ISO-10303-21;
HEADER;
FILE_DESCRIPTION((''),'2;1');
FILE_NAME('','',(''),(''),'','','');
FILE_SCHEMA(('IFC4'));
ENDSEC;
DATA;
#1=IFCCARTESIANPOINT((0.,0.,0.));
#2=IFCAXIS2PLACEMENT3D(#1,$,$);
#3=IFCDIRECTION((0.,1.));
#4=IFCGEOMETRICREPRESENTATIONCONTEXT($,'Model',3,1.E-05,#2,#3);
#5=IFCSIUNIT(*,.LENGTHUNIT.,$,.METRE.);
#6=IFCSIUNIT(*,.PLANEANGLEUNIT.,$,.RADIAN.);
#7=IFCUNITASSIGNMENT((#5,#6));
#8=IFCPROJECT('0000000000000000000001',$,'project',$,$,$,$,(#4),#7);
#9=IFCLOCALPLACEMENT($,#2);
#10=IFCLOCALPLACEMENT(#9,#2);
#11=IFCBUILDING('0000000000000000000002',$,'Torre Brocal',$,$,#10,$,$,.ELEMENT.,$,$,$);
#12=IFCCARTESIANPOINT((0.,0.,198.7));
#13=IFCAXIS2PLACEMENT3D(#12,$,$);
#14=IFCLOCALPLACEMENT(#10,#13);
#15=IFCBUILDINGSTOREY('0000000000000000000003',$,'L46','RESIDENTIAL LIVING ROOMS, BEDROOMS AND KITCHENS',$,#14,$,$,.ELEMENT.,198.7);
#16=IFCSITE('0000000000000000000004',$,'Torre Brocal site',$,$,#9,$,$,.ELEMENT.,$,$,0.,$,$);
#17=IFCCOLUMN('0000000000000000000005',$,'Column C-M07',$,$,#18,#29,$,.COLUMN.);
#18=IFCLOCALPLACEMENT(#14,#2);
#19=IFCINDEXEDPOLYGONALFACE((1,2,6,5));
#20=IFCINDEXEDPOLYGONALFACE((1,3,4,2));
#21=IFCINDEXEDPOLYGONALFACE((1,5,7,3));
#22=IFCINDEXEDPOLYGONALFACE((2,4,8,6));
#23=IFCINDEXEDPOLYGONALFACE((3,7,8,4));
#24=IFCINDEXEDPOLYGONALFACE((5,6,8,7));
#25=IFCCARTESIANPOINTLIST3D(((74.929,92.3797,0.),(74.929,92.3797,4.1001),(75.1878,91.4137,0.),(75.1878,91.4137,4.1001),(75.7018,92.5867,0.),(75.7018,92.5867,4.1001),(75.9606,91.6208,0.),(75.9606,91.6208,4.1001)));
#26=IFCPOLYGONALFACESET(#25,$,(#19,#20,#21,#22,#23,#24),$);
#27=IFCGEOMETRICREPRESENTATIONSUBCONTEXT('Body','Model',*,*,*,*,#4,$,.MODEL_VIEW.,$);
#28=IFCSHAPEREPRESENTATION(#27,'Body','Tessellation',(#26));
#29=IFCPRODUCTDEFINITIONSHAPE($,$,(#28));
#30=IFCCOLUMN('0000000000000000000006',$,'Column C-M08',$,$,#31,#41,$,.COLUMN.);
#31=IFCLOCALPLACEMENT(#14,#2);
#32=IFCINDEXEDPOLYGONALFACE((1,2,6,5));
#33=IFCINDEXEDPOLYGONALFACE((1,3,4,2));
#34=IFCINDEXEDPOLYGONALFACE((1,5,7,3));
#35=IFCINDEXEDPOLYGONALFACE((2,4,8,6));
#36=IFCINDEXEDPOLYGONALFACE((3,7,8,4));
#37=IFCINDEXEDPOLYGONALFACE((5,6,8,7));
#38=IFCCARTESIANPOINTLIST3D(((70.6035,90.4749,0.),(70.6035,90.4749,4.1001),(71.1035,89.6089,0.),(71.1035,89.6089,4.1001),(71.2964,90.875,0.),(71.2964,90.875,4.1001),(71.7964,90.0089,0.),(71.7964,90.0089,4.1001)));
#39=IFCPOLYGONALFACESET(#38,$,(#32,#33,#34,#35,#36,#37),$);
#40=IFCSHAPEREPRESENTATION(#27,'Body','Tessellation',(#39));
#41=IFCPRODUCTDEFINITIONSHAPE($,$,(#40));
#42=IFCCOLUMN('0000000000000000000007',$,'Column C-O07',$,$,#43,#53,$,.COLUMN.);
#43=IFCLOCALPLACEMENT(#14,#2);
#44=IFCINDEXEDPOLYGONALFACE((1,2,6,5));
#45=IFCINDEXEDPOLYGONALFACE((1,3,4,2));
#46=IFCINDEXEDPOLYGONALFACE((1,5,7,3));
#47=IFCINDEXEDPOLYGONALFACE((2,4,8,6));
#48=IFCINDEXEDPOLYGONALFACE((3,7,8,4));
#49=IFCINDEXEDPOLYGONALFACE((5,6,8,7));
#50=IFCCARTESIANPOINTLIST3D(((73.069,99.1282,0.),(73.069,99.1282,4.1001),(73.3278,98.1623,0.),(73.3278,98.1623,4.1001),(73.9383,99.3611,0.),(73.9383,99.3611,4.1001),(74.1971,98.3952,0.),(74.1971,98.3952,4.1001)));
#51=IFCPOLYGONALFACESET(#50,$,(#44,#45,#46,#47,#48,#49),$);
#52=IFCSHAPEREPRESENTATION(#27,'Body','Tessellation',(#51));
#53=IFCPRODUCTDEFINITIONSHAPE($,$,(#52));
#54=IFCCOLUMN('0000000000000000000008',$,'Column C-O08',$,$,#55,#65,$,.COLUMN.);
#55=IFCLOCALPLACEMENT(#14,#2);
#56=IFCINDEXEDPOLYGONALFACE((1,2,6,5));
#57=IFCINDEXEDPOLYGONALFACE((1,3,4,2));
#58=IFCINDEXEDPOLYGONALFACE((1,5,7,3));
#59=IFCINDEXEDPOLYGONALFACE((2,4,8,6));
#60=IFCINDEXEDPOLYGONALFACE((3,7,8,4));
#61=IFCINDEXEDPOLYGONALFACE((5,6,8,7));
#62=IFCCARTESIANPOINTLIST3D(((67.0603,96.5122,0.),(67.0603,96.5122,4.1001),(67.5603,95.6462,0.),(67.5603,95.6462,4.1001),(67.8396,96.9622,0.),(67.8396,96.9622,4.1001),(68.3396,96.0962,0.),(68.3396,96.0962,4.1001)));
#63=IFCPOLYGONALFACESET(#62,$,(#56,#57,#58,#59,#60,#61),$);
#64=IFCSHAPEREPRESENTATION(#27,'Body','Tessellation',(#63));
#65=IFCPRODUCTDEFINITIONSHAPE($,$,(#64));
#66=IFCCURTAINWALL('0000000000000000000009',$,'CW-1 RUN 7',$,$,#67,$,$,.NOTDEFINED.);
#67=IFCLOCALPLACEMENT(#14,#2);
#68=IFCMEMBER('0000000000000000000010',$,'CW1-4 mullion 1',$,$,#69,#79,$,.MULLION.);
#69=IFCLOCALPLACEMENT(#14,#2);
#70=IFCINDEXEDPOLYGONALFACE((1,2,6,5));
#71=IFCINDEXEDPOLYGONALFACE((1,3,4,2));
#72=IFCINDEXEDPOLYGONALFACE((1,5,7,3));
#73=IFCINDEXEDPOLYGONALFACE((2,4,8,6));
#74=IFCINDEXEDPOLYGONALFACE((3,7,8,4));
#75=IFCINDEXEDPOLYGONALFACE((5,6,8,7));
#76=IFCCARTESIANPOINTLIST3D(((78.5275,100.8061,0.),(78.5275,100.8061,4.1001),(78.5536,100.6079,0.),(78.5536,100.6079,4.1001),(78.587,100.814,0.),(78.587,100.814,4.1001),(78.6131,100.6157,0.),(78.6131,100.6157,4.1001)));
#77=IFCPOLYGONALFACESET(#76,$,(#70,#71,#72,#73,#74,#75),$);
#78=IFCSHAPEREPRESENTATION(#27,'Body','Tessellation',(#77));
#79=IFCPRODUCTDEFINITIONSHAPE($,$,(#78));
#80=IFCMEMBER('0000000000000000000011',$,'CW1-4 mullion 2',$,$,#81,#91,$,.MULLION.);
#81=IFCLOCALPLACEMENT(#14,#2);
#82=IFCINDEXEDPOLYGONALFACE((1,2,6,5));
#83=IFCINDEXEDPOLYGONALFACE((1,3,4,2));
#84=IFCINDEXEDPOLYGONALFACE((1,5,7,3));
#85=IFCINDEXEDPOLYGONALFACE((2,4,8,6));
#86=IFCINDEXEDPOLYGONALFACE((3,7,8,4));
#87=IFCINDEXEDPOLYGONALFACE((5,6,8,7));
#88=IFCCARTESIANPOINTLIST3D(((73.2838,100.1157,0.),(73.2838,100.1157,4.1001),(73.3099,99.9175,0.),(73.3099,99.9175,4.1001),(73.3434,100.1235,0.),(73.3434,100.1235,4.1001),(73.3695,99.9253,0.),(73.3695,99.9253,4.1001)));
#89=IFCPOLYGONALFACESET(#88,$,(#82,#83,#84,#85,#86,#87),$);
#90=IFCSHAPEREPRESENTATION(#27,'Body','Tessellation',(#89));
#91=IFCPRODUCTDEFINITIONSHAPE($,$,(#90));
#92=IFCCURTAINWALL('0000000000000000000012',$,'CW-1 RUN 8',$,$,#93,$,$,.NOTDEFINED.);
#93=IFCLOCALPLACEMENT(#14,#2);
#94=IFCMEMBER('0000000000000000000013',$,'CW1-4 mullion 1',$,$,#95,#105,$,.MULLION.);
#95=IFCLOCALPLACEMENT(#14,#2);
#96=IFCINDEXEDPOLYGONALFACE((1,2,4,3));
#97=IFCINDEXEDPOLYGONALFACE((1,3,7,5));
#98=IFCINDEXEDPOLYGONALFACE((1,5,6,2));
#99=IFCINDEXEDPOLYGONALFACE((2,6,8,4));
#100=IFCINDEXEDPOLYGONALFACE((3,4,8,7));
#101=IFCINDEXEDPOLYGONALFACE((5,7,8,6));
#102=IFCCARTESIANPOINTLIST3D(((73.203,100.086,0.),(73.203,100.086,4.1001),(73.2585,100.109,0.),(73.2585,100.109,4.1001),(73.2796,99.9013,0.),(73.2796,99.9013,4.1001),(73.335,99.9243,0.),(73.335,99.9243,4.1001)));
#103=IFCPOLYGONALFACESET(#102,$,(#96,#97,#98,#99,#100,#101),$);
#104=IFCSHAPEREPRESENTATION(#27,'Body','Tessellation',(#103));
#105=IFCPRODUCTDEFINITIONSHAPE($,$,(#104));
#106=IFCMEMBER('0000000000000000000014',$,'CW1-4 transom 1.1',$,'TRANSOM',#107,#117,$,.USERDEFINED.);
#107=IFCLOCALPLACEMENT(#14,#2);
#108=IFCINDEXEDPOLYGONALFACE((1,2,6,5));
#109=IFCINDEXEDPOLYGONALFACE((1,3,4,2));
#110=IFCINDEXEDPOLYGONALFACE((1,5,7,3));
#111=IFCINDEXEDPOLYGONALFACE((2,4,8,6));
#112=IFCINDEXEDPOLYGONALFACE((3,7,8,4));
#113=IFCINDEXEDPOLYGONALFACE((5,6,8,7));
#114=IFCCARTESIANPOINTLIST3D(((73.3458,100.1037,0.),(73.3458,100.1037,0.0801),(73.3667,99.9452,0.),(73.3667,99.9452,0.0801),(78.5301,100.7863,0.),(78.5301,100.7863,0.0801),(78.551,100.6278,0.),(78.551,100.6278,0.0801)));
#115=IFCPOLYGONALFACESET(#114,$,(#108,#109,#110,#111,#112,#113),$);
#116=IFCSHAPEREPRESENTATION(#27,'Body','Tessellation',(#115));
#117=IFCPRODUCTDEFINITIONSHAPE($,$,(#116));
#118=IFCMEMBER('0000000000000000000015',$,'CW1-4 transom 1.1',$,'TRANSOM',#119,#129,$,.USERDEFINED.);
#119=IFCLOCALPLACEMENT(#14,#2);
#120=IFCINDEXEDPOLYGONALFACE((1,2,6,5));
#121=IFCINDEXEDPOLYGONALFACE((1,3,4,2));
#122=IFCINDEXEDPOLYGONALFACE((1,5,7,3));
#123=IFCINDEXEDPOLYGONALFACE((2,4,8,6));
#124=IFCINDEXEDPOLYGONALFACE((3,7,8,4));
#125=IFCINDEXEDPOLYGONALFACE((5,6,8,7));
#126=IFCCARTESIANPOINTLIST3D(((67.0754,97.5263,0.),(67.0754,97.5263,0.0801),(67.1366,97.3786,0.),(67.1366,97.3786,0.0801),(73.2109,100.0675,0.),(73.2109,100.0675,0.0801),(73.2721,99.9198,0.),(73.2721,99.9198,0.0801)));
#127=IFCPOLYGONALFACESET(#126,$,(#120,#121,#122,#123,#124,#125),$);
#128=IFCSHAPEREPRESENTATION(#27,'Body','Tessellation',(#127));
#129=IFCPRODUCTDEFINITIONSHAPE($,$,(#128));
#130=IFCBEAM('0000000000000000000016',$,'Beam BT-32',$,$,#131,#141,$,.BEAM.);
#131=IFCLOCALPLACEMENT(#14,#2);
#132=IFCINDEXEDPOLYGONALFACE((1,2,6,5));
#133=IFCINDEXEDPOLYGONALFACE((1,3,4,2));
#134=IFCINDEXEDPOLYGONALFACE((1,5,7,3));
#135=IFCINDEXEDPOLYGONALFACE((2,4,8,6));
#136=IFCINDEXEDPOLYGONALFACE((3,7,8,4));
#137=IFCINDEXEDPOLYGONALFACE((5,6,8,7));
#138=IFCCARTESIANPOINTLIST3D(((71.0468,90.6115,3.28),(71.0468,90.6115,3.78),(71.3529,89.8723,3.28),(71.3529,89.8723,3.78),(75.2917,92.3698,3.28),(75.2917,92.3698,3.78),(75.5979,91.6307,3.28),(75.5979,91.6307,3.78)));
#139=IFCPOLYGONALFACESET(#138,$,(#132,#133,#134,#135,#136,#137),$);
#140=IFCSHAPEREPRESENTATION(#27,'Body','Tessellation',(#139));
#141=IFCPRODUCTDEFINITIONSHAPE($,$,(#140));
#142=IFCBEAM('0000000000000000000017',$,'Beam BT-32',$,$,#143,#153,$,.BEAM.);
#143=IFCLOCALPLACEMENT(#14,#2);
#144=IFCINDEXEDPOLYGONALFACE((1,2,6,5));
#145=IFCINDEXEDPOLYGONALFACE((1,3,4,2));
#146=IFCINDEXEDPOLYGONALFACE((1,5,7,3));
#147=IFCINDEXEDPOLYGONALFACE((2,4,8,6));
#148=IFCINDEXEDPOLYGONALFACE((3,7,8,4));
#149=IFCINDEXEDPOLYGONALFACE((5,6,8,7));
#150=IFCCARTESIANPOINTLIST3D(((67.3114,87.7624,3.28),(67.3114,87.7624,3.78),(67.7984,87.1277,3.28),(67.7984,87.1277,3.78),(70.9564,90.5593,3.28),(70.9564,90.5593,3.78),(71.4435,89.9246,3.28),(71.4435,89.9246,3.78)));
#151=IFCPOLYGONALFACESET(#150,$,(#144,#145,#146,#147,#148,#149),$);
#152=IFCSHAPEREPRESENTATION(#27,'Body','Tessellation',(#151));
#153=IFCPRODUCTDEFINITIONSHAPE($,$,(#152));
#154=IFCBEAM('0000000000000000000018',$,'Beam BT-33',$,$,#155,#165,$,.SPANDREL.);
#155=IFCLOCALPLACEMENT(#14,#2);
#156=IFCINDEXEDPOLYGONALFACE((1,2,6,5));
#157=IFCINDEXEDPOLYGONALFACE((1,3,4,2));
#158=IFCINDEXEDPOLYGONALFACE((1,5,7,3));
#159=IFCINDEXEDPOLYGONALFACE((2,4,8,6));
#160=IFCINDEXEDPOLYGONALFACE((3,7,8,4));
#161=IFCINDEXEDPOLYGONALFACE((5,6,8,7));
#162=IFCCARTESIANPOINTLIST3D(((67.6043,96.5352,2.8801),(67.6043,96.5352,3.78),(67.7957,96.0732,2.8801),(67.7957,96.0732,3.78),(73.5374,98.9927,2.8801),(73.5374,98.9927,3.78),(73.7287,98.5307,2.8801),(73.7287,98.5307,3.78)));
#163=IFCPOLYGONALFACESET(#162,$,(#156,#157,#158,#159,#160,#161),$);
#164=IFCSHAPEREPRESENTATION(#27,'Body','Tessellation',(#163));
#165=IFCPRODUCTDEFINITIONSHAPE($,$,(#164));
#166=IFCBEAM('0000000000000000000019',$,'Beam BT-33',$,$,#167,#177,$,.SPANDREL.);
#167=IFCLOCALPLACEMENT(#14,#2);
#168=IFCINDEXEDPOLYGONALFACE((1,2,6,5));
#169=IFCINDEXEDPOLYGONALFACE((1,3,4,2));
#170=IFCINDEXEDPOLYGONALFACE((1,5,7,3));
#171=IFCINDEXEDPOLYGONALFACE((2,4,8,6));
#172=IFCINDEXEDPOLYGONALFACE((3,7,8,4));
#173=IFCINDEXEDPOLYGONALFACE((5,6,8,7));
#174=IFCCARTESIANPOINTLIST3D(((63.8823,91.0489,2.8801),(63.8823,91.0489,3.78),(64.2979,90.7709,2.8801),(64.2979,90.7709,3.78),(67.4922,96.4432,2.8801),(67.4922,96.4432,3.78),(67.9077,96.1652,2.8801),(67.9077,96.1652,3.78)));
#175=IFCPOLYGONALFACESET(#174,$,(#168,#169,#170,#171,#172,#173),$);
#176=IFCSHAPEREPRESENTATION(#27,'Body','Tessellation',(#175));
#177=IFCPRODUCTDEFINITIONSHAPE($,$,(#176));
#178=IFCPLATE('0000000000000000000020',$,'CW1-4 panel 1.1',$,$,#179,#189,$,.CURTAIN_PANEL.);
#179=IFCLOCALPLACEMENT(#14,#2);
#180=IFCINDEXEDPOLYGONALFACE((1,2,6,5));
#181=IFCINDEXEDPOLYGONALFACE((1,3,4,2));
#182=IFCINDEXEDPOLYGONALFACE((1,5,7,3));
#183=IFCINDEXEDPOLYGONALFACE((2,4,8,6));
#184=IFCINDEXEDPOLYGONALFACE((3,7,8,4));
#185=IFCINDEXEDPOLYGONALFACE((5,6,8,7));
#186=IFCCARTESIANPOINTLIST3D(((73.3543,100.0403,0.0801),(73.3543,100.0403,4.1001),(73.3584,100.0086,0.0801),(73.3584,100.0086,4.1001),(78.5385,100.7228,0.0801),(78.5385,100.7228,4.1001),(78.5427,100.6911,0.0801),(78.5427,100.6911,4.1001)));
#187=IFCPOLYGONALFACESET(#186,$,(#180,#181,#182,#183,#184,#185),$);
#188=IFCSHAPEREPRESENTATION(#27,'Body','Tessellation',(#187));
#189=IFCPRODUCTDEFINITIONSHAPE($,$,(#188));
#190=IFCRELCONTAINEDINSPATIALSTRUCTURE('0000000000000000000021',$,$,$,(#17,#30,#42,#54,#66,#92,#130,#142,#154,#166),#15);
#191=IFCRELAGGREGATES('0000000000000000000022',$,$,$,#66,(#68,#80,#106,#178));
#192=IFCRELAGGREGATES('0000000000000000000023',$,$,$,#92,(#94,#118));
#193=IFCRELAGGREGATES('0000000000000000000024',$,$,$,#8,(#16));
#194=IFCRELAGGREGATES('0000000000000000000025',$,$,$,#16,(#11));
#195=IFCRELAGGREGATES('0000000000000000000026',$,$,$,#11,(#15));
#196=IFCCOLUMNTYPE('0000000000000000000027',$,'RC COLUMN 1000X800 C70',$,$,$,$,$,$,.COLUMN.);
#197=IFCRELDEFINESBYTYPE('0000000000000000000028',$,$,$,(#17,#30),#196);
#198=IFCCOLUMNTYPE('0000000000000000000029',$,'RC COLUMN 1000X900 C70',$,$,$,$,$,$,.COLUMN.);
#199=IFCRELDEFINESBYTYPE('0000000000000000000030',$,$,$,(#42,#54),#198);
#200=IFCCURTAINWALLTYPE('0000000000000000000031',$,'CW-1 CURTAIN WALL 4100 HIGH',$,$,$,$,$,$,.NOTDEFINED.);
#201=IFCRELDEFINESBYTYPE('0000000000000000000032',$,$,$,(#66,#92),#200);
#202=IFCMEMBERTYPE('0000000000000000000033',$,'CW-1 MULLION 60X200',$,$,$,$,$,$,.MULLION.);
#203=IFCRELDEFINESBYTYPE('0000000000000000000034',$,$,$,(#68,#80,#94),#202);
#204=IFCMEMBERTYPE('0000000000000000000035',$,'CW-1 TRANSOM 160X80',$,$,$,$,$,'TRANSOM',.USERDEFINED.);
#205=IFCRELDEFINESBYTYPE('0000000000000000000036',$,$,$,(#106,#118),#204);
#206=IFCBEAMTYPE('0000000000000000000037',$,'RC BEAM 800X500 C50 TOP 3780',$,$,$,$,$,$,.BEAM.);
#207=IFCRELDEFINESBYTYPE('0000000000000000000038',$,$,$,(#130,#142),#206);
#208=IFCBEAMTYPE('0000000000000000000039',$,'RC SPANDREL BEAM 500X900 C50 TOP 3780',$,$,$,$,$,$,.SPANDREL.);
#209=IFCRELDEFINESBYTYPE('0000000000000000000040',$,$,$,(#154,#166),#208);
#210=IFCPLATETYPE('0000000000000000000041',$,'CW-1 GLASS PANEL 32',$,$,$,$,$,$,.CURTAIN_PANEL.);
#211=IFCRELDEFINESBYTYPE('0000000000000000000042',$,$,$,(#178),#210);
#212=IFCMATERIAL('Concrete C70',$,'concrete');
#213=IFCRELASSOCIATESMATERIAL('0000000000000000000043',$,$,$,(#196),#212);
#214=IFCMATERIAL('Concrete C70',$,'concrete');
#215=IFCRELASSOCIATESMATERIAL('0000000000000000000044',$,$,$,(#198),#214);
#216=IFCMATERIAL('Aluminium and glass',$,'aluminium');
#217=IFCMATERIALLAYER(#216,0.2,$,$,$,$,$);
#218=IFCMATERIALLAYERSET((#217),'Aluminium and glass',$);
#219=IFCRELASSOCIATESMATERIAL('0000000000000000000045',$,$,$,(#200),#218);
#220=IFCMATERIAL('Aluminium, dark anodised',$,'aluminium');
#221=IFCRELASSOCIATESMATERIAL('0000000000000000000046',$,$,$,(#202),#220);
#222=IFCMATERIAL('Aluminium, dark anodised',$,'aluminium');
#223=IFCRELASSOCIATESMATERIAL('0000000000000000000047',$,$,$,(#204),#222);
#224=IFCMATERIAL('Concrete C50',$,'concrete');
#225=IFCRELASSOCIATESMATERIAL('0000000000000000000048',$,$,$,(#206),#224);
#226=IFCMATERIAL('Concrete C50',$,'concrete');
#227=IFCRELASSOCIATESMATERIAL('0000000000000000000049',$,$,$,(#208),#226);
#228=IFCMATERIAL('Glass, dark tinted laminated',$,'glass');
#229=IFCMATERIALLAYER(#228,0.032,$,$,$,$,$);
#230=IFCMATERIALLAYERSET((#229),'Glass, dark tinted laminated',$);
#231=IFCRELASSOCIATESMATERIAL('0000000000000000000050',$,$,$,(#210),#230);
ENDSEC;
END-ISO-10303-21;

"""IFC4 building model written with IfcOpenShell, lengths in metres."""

from ifc_helpers import new_model, si_unit, direction, frame, origin, origin_2d, place, context, subcontext, project, spatial, rectangle, extrude, material, layer, layer_set, material_profile, profile_set, type_object, element, aggregate, save


model = new_model("IFC4")

# Units and contexts
model_context = context("Model", 3, precision=1e-05, world=origin(), true_north=direction((0.0, 1.0)))
body_context = subcontext(model_context, "Body", "Model", "MODEL_VIEW")
ifc_project = project(units=[si_unit("LENGTHUNIT", "METRE"), si_unit("PLANEANGLEUNIT", "RADIAN")], contexts=[model_context])

# Site, building, storey
site_placement = place(None, origin())
site = spatial("IfcSite", under=ifc_project, at=site_placement, Name="Torre Brocal site", CompositionType="ELEMENT", RefElevation=0.0)
building_placement = place(site_placement, origin())
building = spatial("IfcBuilding", under=site, at=building_placement, Name="Torre Brocal", CompositionType="ELEMENT")
storey_placement = place(building_placement, frame((0.0, 0.0, 198.7)))
storey = spatial("IfcBuildingStorey", under=building, at=storey_placement, Name="L46", Description="RESIDENTIAL LIVING ROOMS, BEDROOMS AND KITCHENS", CompositionType="ELEMENT", Elevation=198.7)

# Columns
ifc_material_1 = material(Name="Concrete C70", Category="concrete")
ifc_material_profile_1 = material_profile(ifc_material_1, rectangle(XDim=1.0, YDim=0.8, at=origin_2d()), Name="RC 1000X800")
ifc_profile_set_1 = profile_set([ifc_material_profile_1], Name="Concrete C70")
column_type_1 = type_object("IfcColumnType", Name="RC COLUMN 1000X800 C70", PredefinedType="COLUMN", material=ifc_profile_set_1)
for number, where, z_axis, x_axis, name in (
    (1, (75.4448, 92.0002, 0.0), (0.0, 0.0, 1.0), (-0.258819, 0.965926, 0.0), "Column C-M07"),
    (2, (71.2, 90.2419, 0.0), (0.0, 0.0, 1.0), (-0.5, 0.866025, 0.0), "Column C-M08"),
):
    element("IfcColumn", number, at=place(storey_placement, frame(where, z_axis=z_axis, x_axis=x_axis)), inside=storey, type_object=column_type_1, Name=name, PredefinedType="COLUMN", context=body_context, shape_type="SweptSolid", body=[
        extrude(rectangle(XDim=1.0, YDim=0.8, at=origin_2d()), origin(), (0.0, 0.0, 1.0), 4.1001),
    ])
ifc_material_2 = material(Name="Concrete C70", Category="concrete")
ifc_material_profile_2 = material_profile(ifc_material_2, rectangle(XDim=1.0, YDim=0.8999, at=origin_2d()), Name="RC 1000X900")
ifc_profile_set_2 = profile_set([ifc_material_profile_2], Name="Concrete C70")
column_type_2 = type_object("IfcColumnType", Name="RC COLUMN 1000X900 C70", PredefinedType="COLUMN", material=ifc_profile_set_2)
for number, where, z_axis, x_axis, name in (
    (3, (73.6331, 98.7617, 0.0), (0.0, 0.0, 1.0), (-0.258819, 0.965926, 0.0), "Column C-O07"),
    (4, (67.7, 96.3042, 0.0), (0.0, 0.0, 1.0), (-0.5, 0.866025, 0.0), "Column C-O08"),
):
    element("IfcColumn", number, at=place(storey_placement, frame(where, z_axis=z_axis, x_axis=x_axis)), inside=storey, type_object=column_type_2, Name=name, PredefinedType="COLUMN", context=body_context, shape_type="SweptSolid", body=[
        extrude(rectangle(XDim=1.0, YDim=0.8999, at=origin_2d()), origin(), (0.0, 0.0, 1.0), 4.1001),
    ])

# Curtain wall, members
ifc_material_3 = material(Name="Aluminium and glass", Category="aluminium")
ifc_layer_1 = layer(ifc_material_3, 0.2)
ifc_layer_set_1 = layer_set([ifc_layer_1], Name="Aluminium and glass")
curtain_wall_type = type_object("IfcCurtainWallType", Name="CW-1 CURTAIN WALL 4100 HIGH", PredefinedType="NOTDEFINED", material=ifc_layer_set_1)
curtain_wall_1_placement = place(storey_placement, origin())
curtain_wall_1 = element("IfcCurtainWall", 5, at=curtain_wall_1_placement, inside=storey, type_object=curtain_wall_type, Name="CW-1 RUN 7", PredefinedType="NOTDEFINED")
ifc_material_4 = material(Name="Aluminium, dark anodised", Category="aluminium")
ifc_material_profile_3 = material_profile(ifc_material_4, rectangle(XDim=0.2, YDim=0.0601, at=origin_2d()), Name="CW-1 MULLION 60X200")
ifc_profile_set_3 = profile_set([ifc_material_profile_3], Name="Aluminium, dark anodised")
member_type_1 = type_object("IfcMemberType", Name="CW-1 MULLION 60X200", PredefinedType="MULLION", material=ifc_profile_set_3)
member_1_placement = place(storey_placement, frame((78.5703, 100.7109, 0.0), z_axis=(0.0, 0.0, 1.0), x_axis=(0.130526, -0.991445, 0.0)))
member_1 = element("IfcMember", 6, at=member_1_placement, type_object=member_type_1, Name="CW1-4 mullion 1", PredefinedType="MULLION", context=body_context, shape_type="SweptSolid", body=[
    extrude(rectangle(XDim=0.2, YDim=0.0601, at=origin_2d()), origin(), (0.0, 0.0, 1.0), 4.1001),
])
member_2_placement = place(storey_placement, frame((73.3267, 100.0205, 0.0), z_axis=(0.0, 0.0, 1.0), x_axis=(0.130526, -0.991445, 0.0)))
member_2 = element("IfcMember", 7, at=member_2_placement, type_object=member_type_1, Name="CW1-4 mullion 2", PredefinedType="MULLION", context=body_context, shape_type="SweptSolid", body=[
    extrude(rectangle(XDim=0.2, YDim=0.0601, at=origin_2d()), origin(), (0.0, 0.0, 1.0), 4.1001),
])

# Curtain wall, member
curtain_wall_2_placement = place(storey_placement, origin())
curtain_wall_2 = element("IfcCurtainWall", 8, at=curtain_wall_2_placement, inside=storey, type_object=curtain_wall_type, Name="CW-1 RUN 8", PredefinedType="NOTDEFINED")
member_3_placement = place(storey_placement, frame((73.269, 100.0051, 0.0), z_axis=(0.0, 0.0, 1.0), x_axis=(0.382683, -0.92388, 0.0)))
member_3 = element("IfcMember", 9, at=member_3_placement, type_object=member_type_1, Name="CW1-4 mullion 1", PredefinedType="MULLION", context=body_context, shape_type="SweptSolid", body=[
    extrude(rectangle(XDim=0.2, YDim=0.0601, at=origin_2d()), origin(), (0.0, 0.0, 1.0), 4.1001),
])

# Members
ifc_material_5 = material(Name="Aluminium, dark anodised", Category="aluminium")
ifc_material_profile_4 = material_profile(ifc_material_5, rectangle(XDim=0.1599, YDim=0.0801, at=origin_2d()), Name="CW-1 TRANSOM 160X80")
ifc_profile_set_4 = profile_set([ifc_material_profile_4], Name="Aluminium, dark anodised")
member_type_2 = type_object("IfcMemberType", Name="CW-1 TRANSOM 160X80", ElementType="TRANSOM", PredefinedType="USERDEFINED", material=ifc_profile_set_4)
member_4_placement = place(storey_placement, frame((78.5405, 100.707, 0.04), z_axis=(-0.991443, -0.130543, 0.0), x_axis=(0.130543, -0.991443, 0.0)))
member_4 = element("IfcMember", 10, at=member_4_placement, type_object=member_type_2, Name="CW1-4 transom 1.1", ObjectType="TRANSOM", PredefinedType="USERDEFINED", context=body_context, shape_type="SweptSolid", body=[
    extrude(rectangle(XDim=0.1599, YDim=0.0801, at=origin_2d()), origin(), (0.0, 0.0, 1.0), 5.229),
])
member_5_placement = place(storey_placement, frame((73.2415, 99.9937, 0.04), z_axis=(-0.923887, -0.382665, 0.0), x_axis=(0.382665, -0.923887, 0.0)))
member_5 = element("IfcMember", 11, at=member_5_placement, type_object=member_type_2, Name="CW1-4 transom 1.1", ObjectType="TRANSOM", PredefinedType="USERDEFINED", context=body_context, shape_type="SweptSolid", body=[
    extrude(rectangle(XDim=0.1599, YDim=0.0801, at=origin_2d()), origin(), (0.0, 0.0, 1.0), 6.6409),
])

# Beams
ifc_material_6 = material(Name="Concrete C50", Category="concrete")
ifc_material_profile_5 = material_profile(ifc_material_6, rectangle(XDim=0.8, YDim=0.5, at=origin_2d()), Name="RC 800X500")
ifc_profile_set_5 = profile_set([ifc_material_profile_5], Name="Concrete C50")
beam_type_1 = type_object("IfcBeamType", Name="RC BEAM 800X500 C50 TOP 3780", PredefinedType="BEAM", material=ifc_profile_set_5)
beam_1_placement = place(storey_placement, frame((75.4448, 92.0002, 3.53), z_axis=(-0.923878, -0.382687, 0.0), x_axis=(0.382687, -0.923878, 0.0)))
element("IfcBeam", 12, at=beam_1_placement, inside=storey, type_object=beam_type_1, Name="Beam BT-32", PredefinedType="BEAM", context=body_context, shape_type="SweptSolid", body=[
    extrude(rectangle(XDim=0.8, YDim=0.5, at=origin_2d()), origin(), (0.0, 0.0, 1.0), 4.5947),
])
beam_2_placement = place(storey_placement, frame((71.2, 90.2419, 3.53), z_axis=(-0.793358, -0.608755, 0.0), x_axis=(0.608755, -0.793358, 0.0)))
element("IfcBeam", 13, at=beam_2_placement, inside=storey, type_object=beam_type_1, Name="Beam BT-32", PredefinedType="BEAM", context=body_context, shape_type="SweptSolid", body=[
    extrude(rectangle(XDim=0.8, YDim=0.5, at=origin_2d()), origin(), (0.0, 0.0, 1.0), 4.5945),
])
ifc_material_7 = material(Name="Concrete C50", Category="concrete")
ifc_material_profile_6 = material_profile(ifc_material_7, rectangle(XDim=0.5, YDim=0.8999, at=origin_2d()), Name="RC 500X900")
ifc_profile_set_6 = profile_set([ifc_material_profile_6], Name="Concrete C50")
beam_type_2 = type_object("IfcBeamType", Name="RC SPANDREL BEAM 500X900 C50 TOP 3780", PredefinedType="SPANDREL", material=ifc_profile_set_6)
beam_3_placement = place(storey_placement, frame((73.6331, 98.7617, 3.3301), z_axis=(-0.923882, -0.382676, 0.0), x_axis=(0.382676, -0.923882, 0.0)))
element("IfcBeam", 14, at=beam_3_placement, inside=storey, type_object=beam_type_2, Name="Beam BT-33", PredefinedType="SPANDREL", context=body_context, shape_type="SweptSolid", body=[
    extrude(rectangle(XDim=0.5, YDim=0.8999, at=origin_2d()), origin(), (0.0, 0.0, 1.0), 6.4219),
])
beam_4_placement = place(storey_placement, frame((67.7, 96.3042, 3.3301), z_axis=(-0.556158, -0.831077, 0.0), x_axis=(0.831077, -0.556158, 0.0)))
element("IfcBeam", 15, at=beam_4_placement, inside=storey, type_object=beam_type_2, Name="Beam BT-33", PredefinedType="SPANDREL", context=body_context, shape_type="SweptSolid", body=[
    extrude(rectangle(XDim=0.5, YDim=0.8999, at=origin_2d()), origin(), (0.0, 0.0, 1.0), 6.4907),
])

# Plate
ifc_material_8 = material(Name="Glass, dark tinted laminated", Category="glass")
ifc_layer_2 = layer(ifc_material_8, 0.032)
ifc_layer_set_2 = layer_set([ifc_layer_2], Name="Glass, dark tinted laminated")
plate_type = type_object("IfcPlateType", Name="CW-1 GLASS PANEL 32", PredefinedType="CURTAIN_PANEL", material=ifc_layer_set_2)
plate_1_placement = place(storey_placement, frame((75.9485, 100.3657, 0.0801), z_axis=(0.0, 0.0, 1.0), x_axis=(-0.991445, -0.130526, 0.0)))
plate_1 = element("IfcPlate", 16, at=plate_1_placement, type_object=plate_type, Name="CW1-4 panel 1.1", PredefinedType="CURTAIN_PANEL", context=body_context, shape_type="SweptSolid", body=[
    extrude(rectangle(XDim=5.229, YDim=0.032, at=origin_2d()), origin(), (0.0, 0.0, 1.0), 4.02),
])
aggregate(curtain_wall_1, [member_1, member_2, member_4, plate_1])
aggregate(curtain_wall_2, [member_3, member_5])

save(model, "model.ifc")
